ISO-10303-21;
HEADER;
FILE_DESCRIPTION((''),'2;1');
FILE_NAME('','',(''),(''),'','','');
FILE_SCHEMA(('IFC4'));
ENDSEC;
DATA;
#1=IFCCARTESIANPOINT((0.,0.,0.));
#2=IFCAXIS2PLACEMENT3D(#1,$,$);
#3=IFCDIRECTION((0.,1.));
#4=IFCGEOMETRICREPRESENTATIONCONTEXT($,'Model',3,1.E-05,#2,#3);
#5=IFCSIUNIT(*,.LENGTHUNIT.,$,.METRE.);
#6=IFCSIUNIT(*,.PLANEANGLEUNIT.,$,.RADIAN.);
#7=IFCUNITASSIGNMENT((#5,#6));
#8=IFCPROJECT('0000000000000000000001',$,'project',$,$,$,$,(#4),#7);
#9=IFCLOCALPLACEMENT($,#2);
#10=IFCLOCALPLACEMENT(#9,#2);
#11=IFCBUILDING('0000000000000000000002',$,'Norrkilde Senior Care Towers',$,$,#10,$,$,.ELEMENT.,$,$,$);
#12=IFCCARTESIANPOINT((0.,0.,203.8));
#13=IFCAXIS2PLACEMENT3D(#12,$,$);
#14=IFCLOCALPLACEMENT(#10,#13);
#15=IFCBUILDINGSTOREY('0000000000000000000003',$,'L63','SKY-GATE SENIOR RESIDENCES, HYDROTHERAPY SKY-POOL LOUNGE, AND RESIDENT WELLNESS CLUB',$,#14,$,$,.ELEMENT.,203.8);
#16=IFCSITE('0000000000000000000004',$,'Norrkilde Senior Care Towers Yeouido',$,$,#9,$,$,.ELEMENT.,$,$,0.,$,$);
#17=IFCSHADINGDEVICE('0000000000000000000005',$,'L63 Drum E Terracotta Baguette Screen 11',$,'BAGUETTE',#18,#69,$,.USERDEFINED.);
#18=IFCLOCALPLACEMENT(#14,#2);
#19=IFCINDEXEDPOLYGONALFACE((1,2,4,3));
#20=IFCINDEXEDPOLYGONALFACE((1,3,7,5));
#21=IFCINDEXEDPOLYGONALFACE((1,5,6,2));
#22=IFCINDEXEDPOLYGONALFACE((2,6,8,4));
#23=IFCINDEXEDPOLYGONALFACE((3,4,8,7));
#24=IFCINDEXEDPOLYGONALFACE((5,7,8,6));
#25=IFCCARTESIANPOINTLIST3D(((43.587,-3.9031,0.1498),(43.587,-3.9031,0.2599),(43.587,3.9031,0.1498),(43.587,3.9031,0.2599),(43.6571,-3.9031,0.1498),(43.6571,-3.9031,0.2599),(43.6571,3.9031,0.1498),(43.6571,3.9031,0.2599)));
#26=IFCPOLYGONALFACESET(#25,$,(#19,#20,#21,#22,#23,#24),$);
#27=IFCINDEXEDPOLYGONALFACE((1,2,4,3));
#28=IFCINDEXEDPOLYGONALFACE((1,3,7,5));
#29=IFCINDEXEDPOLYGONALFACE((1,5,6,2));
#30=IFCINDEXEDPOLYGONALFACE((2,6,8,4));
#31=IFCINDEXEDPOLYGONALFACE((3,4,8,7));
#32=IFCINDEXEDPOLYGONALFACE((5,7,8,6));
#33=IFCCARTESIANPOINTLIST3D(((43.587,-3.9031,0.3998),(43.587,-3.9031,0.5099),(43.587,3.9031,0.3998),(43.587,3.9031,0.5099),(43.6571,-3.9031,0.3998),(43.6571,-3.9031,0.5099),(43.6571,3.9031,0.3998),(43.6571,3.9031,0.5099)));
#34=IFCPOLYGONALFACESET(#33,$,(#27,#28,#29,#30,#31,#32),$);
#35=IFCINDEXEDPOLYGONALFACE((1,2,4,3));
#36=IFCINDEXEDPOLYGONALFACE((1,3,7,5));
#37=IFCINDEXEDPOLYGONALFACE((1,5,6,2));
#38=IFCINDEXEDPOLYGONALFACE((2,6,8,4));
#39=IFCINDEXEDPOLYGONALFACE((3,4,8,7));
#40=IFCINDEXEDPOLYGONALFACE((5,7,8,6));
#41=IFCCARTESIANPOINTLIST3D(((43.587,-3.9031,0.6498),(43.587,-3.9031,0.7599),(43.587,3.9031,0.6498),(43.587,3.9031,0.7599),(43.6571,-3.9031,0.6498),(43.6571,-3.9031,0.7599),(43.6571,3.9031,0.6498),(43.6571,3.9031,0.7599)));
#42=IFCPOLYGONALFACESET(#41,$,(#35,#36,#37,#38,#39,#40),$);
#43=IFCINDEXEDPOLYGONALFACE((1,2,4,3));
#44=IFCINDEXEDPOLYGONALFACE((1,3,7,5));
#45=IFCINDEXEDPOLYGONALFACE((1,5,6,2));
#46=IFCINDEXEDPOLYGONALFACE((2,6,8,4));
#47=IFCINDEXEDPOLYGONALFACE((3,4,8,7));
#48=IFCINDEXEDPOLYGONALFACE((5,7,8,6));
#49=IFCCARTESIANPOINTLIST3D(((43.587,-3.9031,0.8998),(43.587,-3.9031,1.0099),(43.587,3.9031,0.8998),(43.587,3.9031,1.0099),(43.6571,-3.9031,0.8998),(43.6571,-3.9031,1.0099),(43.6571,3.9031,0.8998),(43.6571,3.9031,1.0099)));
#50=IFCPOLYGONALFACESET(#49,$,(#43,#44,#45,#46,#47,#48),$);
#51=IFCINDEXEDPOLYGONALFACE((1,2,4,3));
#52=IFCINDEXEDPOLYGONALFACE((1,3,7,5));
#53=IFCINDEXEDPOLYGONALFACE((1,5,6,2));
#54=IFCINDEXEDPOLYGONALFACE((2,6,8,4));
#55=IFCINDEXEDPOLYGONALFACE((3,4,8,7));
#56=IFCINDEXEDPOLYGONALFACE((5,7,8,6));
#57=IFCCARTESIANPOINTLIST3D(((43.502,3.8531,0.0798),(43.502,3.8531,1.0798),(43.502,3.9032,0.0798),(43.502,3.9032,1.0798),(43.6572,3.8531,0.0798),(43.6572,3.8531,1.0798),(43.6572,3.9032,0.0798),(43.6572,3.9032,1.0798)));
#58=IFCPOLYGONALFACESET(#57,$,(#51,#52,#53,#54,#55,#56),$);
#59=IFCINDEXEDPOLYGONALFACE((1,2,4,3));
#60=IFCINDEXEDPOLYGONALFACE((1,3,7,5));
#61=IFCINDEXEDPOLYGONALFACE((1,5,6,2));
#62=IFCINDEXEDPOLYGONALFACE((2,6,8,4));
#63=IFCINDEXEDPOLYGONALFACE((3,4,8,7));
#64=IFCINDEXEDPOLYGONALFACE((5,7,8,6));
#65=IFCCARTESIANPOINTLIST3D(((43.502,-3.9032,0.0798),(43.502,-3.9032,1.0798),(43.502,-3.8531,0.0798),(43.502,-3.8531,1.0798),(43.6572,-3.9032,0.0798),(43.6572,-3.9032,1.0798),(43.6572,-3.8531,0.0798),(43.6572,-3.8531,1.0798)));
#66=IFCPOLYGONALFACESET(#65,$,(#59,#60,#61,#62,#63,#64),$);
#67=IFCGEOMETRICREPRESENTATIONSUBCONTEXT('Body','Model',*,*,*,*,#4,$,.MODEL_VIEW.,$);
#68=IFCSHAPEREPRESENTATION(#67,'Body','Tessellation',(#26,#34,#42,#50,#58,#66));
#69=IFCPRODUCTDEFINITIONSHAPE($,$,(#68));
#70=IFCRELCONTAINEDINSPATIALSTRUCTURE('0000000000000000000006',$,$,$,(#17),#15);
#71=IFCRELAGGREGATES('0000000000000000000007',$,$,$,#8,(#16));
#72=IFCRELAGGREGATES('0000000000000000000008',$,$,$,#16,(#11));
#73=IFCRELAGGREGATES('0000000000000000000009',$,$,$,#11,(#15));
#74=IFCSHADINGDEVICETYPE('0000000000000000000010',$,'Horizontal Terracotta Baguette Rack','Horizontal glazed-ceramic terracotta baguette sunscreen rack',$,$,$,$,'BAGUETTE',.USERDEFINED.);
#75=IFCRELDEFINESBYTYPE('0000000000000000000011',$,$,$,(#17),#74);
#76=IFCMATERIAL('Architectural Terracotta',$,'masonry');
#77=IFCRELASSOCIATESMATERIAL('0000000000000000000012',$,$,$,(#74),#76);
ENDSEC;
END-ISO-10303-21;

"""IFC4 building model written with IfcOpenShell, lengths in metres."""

from ifc_helpers import new_model, si_unit, direction, frame, origin, origin_2d, place, context, subcontext, project, spatial, rectangle, extrude, source, transform, mapped, material, type_object, type_shapes, element, save


model = new_model("IFC4")

# Units and contexts
model_context = context("Model", 3, precision=1e-05, world=origin(), true_north=direction((0.0, 1.0)))
body_context = subcontext(model_context, "Body", "Model", "MODEL_VIEW")
ifc_project = project(units=[si_unit("LENGTHUNIT", "METRE"), si_unit("PLANEANGLEUNIT", "RADIAN")], contexts=[model_context])

# Site, building, storey
site_placement = place(None, origin())
site = spatial("IfcSite", under=ifc_project, at=site_placement, Name="Norrkilde Senior Care Towers Yeouido", CompositionType="ELEMENT", RefElevation=0.0)
building_placement = place(site_placement, origin())
building = spatial("IfcBuilding", under=site, at=building_placement, Name="Norrkilde Senior Care Towers", CompositionType="ELEMENT")
storey_placement = place(building_placement, frame((0.0, 0.0, 203.8)))
storey = spatial("IfcBuildingStorey", under=building, at=storey_placement, Name="L63", Description="SKY-GATE SENIOR RESIDENCES, HYDROTHERAPY SKY-POOL LOUNGE, AND RESIDENT WELLNESS CLUB", CompositionType="ELEMENT", Elevation=203.8)

# Shading device
ifc_material_1 = material(Name="Architectural Terracotta", Category="masonry")
shading_device_type = type_object("IfcShadingDeviceType", Name="Horizontal Terracotta Baguette Rack", Description="Horizontal glazed-ceramic terracotta baguette sunscreen rack", ElementType="BAGUETTE", PredefinedType="USERDEFINED", material=ifc_material_1)
shared_shape_1 = source(origin(), body_context, "Body", "SweptSolid", [
    extrude(rectangle(XDim=0.0701, YDim=0.1101, at=origin_2d()), frame((0.0, 0.0901, 0.125), z_axis=(1.0, 0.0, 0.0), x_axis=(0.0, 1.0, 0.0)), (0.0, 0.0, 1.0), 7.8062),
    extrude(rectangle(XDim=0.0701, YDim=0.1101, at=origin_2d()), frame((0.0, 0.0901, 0.375), z_axis=(1.0, 0.0, 0.0), x_axis=(0.0, 1.0, 0.0)), (0.0, 0.0, 1.0), 7.8062),
    extrude(rectangle(XDim=0.0701, YDim=0.1101, at=origin_2d()), frame((0.0, 0.0901, 0.625), z_axis=(1.0, 0.0, 0.0), x_axis=(0.0, 1.0, 0.0)), (0.0, 0.0, 1.0), 7.8062),
    extrude(rectangle(XDim=0.0701, YDim=0.1101, at=origin_2d()), frame((0.0, 0.0901, 0.875), z_axis=(1.0, 0.0, 0.0), x_axis=(0.0, 1.0, 0.0)), (0.0, 0.0, 1.0), 7.8062),
    extrude(rectangle(XDim=0.05, YDim=0.1553, at=origin_2d()), frame((0.0249, 0.0476, 0.0)), (0.0, 0.0, 1.0), 1.0),
    extrude(rectangle(XDim=0.05, YDim=0.1553, at=origin_2d()), frame((7.7812, 0.0476, 0.0)), (0.0, 0.0, 1.0), 1.0),
])
type_shapes(shading_device_type, [shared_shape_1])
shading_device_placement = place(storey_placement, frame((43.532, 3.9031, 0.0798), z_axis=(0.0, 0.0, 1.0), x_axis=(0.0, -1.0, 0.0)))
element("IfcShadingDevice", 1, at=shading_device_placement, inside=storey, type_object=shading_device_type, Name="L63 Drum E Terracotta Baguette Screen 11", ObjectType="BAGUETTE", PredefinedType="USERDEFINED", context=body_context, shape_type="MappedRepresentation", body=[
    mapped(shared_shape_1, transform((0.0, 0.0, 0.0), x_axis=(1.0, 0.0, 0.0), y_axis=(0.0, 1.0, 0.0), z_axis=(0.0, 0.0, 1.0), scale=1.0)),
])

save(model, "model.ifc")
